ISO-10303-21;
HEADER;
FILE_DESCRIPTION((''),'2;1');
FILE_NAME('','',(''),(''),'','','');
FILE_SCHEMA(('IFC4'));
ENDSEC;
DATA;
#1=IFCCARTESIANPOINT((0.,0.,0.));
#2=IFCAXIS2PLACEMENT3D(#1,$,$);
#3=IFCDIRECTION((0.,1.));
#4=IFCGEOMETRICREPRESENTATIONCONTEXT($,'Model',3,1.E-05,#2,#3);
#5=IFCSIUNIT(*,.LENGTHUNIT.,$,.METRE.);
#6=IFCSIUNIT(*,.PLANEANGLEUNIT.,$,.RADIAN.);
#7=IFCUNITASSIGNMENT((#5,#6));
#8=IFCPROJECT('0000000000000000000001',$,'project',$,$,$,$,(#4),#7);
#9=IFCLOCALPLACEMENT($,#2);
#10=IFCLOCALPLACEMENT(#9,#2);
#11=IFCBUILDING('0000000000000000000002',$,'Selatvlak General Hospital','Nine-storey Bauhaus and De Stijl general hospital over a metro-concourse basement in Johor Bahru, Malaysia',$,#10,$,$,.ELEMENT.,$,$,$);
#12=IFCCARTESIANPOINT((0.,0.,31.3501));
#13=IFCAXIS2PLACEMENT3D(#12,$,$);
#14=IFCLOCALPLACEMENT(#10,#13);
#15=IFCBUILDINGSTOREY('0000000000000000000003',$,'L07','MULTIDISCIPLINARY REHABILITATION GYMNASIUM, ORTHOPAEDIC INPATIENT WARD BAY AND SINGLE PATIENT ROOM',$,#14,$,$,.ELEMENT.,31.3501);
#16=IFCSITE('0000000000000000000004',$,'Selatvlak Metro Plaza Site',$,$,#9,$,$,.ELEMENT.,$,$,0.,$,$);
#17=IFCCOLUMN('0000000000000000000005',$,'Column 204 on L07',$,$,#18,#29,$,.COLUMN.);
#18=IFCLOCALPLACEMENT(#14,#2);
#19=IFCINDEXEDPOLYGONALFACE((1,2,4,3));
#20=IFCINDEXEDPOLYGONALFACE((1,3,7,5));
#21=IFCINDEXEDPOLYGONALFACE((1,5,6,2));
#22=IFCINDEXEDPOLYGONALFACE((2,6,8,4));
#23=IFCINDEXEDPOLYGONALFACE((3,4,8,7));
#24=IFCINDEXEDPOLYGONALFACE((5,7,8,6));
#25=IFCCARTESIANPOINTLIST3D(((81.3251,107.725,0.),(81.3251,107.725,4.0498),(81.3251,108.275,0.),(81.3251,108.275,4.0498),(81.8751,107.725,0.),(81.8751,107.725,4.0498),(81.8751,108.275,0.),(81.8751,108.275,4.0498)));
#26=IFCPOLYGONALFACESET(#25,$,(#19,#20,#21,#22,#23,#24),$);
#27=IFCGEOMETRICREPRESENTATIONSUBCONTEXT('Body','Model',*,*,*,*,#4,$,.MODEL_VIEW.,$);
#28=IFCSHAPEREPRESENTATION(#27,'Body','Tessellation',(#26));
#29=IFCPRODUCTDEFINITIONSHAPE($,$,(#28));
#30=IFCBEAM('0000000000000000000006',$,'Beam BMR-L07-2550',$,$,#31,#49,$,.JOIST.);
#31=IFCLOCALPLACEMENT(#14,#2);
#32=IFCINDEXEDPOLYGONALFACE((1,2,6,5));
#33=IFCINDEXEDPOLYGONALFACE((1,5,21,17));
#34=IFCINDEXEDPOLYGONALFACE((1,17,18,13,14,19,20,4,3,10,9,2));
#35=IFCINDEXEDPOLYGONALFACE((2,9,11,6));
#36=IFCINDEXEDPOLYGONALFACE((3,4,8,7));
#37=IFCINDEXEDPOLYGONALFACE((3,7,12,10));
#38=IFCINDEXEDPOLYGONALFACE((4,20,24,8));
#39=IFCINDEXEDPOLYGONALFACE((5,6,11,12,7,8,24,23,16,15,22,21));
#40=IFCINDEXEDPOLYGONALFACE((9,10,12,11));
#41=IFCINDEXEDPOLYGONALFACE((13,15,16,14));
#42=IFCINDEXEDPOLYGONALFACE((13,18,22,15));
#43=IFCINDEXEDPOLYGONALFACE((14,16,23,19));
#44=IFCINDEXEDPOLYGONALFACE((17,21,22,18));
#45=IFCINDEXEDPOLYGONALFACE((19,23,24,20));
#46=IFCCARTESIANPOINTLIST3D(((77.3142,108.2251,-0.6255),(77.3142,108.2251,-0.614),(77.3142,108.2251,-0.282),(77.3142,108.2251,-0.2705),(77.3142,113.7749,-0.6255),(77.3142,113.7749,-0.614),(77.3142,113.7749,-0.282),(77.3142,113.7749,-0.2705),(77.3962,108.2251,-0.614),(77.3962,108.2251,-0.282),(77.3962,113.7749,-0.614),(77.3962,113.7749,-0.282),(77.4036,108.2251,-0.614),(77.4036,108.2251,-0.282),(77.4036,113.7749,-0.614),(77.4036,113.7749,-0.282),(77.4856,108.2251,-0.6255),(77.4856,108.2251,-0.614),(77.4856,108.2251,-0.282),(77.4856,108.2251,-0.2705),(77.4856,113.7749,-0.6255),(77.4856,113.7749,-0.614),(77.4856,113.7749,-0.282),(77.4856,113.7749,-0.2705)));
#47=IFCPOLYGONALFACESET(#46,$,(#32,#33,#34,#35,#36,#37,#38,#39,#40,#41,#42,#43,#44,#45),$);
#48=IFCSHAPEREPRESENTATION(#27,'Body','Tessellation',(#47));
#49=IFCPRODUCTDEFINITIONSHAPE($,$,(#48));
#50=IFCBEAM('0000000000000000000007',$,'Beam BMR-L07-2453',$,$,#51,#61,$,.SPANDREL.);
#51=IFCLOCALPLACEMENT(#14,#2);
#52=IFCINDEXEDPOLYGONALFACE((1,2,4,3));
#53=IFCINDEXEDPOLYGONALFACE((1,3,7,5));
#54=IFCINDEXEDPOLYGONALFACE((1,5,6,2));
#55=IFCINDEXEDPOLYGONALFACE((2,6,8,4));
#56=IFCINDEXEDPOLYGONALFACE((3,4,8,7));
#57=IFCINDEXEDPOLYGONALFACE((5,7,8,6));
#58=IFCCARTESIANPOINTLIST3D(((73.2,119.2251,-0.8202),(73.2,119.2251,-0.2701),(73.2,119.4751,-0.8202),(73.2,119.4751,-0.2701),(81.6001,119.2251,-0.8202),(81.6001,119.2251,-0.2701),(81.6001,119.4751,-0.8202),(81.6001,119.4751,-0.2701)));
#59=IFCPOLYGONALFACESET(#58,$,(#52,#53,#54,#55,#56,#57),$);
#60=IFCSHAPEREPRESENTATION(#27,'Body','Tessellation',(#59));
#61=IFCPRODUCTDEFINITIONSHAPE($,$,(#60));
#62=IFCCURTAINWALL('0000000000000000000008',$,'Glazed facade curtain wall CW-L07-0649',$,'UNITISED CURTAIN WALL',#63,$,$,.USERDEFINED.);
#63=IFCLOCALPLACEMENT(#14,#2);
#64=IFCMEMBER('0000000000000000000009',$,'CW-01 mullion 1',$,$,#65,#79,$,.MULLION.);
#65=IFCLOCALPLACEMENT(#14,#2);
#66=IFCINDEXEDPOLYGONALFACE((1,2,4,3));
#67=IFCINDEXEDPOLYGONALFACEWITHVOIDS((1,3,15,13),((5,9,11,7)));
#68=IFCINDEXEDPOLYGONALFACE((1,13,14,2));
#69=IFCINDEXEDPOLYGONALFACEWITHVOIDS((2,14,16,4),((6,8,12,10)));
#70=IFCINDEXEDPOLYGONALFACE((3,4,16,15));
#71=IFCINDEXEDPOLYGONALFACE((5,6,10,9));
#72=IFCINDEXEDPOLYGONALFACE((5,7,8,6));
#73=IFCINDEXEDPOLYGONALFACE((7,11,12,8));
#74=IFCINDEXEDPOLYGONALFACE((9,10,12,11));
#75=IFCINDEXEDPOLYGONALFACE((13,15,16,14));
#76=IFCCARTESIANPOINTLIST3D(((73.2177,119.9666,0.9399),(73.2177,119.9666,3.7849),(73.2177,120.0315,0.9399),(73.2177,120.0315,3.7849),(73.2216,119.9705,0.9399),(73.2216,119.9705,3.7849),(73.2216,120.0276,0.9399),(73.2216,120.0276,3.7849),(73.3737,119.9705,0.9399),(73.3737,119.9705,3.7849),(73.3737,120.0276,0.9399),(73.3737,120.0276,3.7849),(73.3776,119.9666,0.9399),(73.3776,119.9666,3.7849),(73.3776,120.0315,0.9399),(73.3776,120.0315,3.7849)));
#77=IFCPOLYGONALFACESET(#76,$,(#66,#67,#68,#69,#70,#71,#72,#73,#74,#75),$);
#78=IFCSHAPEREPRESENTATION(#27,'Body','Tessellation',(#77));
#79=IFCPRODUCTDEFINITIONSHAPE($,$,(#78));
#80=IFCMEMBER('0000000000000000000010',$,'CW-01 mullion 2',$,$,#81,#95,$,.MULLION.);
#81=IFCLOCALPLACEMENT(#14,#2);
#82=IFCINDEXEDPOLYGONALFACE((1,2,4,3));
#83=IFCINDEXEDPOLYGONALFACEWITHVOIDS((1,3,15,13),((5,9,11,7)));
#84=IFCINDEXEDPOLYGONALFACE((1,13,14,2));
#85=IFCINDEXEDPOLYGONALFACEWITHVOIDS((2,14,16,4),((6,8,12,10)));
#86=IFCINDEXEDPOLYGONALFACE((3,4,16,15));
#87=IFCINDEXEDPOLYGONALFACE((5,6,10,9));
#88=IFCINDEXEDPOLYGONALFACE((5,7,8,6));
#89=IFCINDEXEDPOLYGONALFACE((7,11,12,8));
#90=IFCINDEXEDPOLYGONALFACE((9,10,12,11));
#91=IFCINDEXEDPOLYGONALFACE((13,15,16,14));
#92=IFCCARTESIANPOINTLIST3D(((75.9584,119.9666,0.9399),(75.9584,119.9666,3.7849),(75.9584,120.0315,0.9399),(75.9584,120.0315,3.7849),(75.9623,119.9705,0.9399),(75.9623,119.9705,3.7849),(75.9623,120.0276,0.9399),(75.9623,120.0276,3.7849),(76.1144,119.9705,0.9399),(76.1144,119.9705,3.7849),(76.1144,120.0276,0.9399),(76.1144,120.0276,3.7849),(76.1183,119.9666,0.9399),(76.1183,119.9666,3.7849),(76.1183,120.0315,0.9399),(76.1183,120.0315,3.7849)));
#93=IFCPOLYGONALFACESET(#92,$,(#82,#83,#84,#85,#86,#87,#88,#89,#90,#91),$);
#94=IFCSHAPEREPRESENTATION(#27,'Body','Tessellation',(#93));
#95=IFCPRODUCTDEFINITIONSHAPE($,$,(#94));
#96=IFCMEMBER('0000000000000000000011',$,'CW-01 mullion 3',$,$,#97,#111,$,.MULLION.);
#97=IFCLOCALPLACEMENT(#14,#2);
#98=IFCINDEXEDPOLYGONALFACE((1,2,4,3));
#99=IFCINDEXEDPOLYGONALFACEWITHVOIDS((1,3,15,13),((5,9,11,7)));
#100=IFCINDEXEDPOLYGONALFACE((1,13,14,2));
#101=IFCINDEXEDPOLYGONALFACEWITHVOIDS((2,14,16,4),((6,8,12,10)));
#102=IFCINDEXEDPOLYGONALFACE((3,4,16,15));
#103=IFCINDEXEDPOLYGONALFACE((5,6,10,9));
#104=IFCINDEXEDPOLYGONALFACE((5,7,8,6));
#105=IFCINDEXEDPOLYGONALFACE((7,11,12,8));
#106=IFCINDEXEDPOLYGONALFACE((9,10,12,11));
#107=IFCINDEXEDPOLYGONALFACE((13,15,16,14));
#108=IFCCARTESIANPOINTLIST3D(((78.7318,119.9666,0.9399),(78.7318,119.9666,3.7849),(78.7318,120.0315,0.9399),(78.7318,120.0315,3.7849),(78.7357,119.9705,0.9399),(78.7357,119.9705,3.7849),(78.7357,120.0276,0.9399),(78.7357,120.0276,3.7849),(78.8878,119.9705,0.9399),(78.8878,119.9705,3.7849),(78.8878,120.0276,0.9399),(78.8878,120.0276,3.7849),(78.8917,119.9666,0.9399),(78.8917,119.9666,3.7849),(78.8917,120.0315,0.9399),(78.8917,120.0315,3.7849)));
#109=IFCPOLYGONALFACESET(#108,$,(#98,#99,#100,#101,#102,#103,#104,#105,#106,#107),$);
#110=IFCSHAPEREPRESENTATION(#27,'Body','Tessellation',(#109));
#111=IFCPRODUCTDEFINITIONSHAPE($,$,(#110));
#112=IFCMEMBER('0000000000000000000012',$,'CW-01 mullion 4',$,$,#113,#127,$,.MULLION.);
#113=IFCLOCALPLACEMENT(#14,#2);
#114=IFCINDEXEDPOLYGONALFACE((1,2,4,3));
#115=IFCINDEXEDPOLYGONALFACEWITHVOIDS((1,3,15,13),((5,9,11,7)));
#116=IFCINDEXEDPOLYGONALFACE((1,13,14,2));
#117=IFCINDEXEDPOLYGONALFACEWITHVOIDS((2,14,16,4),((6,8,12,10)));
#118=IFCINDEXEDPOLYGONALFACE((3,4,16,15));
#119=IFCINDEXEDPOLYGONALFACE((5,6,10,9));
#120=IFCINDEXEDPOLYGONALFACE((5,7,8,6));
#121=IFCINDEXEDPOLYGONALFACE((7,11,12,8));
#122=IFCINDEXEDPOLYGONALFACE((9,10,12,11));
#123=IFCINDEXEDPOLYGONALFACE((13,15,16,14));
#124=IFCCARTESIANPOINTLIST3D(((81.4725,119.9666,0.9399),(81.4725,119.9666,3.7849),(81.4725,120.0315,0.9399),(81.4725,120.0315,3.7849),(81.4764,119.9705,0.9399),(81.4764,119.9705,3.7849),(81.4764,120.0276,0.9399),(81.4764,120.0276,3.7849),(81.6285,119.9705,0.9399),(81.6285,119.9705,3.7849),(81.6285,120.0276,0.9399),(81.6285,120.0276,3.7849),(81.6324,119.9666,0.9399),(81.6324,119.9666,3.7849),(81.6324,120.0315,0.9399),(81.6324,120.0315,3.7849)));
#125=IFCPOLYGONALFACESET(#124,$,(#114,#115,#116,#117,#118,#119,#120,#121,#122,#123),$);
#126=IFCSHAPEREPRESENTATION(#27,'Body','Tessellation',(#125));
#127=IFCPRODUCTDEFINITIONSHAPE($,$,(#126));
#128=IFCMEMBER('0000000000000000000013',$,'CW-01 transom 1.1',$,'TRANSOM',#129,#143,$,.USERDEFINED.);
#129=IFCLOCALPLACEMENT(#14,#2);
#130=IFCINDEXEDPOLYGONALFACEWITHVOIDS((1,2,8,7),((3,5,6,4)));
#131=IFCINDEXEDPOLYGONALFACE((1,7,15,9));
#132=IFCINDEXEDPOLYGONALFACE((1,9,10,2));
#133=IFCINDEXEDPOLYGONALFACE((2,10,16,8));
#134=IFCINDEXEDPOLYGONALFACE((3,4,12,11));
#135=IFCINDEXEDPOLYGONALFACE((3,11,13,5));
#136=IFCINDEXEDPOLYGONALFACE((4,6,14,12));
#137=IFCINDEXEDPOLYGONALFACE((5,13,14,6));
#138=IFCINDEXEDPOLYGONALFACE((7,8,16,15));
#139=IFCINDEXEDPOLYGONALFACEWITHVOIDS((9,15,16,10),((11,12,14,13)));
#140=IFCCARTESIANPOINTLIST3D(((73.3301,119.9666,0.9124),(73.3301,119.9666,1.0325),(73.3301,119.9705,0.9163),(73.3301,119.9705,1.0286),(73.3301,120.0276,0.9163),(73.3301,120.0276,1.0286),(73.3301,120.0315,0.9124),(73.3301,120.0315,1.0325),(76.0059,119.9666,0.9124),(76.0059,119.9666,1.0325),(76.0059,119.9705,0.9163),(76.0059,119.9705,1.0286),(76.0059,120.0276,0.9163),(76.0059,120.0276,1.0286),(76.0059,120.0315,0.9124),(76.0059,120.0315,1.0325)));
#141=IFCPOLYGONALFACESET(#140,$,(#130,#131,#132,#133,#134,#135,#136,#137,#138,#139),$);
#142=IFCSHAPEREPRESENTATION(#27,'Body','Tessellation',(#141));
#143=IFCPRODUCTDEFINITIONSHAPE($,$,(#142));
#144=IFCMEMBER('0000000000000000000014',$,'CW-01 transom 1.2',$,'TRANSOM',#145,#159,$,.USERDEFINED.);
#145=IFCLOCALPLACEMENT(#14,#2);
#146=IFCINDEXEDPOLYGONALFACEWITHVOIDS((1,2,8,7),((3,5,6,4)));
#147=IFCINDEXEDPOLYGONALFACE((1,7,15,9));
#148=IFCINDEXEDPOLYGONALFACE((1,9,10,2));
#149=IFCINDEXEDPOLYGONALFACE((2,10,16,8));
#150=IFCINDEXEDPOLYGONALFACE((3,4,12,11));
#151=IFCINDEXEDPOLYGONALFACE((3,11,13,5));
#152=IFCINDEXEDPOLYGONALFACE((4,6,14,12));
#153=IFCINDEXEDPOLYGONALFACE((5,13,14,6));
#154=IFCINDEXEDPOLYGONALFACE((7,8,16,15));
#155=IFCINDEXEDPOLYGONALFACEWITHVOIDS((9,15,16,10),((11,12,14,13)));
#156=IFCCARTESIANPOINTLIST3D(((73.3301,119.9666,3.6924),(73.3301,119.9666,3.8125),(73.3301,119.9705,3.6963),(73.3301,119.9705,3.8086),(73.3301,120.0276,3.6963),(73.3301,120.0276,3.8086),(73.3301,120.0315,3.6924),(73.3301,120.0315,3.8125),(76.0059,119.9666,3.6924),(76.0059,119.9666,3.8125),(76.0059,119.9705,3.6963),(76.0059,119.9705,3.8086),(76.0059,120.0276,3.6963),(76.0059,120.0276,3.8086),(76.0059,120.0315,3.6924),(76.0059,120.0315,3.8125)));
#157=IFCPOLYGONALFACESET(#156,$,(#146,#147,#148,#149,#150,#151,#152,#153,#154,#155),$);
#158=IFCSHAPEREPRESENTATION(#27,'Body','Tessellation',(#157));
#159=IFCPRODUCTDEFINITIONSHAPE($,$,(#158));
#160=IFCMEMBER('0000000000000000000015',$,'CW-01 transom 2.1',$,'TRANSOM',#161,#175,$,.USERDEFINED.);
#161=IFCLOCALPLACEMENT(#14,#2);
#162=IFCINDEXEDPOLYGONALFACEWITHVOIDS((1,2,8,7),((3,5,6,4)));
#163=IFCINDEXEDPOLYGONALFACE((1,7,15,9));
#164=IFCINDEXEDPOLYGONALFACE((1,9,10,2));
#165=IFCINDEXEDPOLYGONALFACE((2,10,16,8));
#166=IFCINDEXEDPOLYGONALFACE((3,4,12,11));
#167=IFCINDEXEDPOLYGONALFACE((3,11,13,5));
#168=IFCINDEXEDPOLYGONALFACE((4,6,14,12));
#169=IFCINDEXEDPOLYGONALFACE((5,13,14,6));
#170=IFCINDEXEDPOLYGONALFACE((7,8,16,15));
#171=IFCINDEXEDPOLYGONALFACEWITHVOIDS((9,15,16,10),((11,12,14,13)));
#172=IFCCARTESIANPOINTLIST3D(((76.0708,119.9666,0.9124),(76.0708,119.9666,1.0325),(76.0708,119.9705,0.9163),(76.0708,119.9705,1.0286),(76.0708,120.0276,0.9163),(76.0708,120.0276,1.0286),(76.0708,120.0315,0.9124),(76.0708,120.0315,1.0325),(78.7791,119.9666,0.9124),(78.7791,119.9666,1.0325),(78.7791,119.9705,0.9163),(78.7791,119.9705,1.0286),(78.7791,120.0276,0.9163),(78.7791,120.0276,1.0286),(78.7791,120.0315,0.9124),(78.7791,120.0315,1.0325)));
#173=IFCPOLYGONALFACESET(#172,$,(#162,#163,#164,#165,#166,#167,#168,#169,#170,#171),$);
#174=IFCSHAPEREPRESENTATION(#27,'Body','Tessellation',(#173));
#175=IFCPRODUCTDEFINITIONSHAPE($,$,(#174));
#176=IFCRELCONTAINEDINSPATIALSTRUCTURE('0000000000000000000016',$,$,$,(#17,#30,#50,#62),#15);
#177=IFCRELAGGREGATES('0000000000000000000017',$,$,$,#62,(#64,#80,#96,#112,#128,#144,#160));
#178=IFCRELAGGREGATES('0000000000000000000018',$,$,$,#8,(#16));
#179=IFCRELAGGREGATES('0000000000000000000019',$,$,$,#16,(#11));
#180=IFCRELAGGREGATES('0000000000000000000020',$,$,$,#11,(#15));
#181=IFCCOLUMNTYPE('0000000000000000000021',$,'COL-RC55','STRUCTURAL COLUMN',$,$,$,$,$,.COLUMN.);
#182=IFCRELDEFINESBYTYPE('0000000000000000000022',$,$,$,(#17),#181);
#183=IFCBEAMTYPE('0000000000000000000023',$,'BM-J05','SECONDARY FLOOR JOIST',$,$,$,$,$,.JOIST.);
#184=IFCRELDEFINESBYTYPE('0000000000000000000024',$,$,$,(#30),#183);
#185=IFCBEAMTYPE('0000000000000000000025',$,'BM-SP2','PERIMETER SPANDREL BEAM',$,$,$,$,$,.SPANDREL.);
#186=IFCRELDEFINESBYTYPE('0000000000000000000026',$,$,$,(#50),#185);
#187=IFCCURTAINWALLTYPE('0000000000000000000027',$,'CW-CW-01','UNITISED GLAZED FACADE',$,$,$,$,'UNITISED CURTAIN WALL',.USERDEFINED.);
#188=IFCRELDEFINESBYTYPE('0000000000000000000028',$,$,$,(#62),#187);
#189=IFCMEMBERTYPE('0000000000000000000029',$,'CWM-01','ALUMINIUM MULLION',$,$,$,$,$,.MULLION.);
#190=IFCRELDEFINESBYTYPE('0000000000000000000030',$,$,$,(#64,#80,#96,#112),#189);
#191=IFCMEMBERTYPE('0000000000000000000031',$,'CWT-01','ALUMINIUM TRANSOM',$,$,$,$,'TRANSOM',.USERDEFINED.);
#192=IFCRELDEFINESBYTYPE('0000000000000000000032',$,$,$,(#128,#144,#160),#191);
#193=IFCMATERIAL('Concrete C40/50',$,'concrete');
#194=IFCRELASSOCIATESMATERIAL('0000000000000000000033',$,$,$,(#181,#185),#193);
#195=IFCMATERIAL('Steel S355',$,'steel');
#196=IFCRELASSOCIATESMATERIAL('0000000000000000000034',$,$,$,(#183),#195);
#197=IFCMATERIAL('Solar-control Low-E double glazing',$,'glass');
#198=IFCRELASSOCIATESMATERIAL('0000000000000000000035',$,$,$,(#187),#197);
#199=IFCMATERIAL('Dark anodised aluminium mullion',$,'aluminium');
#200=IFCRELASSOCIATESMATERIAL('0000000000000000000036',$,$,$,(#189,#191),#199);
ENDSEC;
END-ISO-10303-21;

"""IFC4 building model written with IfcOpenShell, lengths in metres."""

from ifc_helpers import new_model, si_unit, direction, frame, origin, origin_2d, place, context, subcontext, project, spatial, rectangle, hollow_rectangle, i_section, extrude, material, material_profile, profile_set, type_object, element, aggregate, save


model = new_model("IFC4")

# Units and contexts
model_context = context("Model", 3, precision=1e-05, world=origin(), true_north=direction((0.0, 1.0)))
body_context = subcontext(model_context, "Body", "Model", "MODEL_VIEW")
ifc_project = project(units=[si_unit("LENGTHUNIT", "METRE"), si_unit("PLANEANGLEUNIT", "RADIAN")], contexts=[model_context])

# Site, building, storey
site_placement = place(None, origin())
site = spatial("IfcSite", under=ifc_project, at=site_placement, Name="Selatvlak Metro Plaza Site", CompositionType="ELEMENT", RefElevation=0.0)
building_placement = place(site_placement, origin())
building = spatial("IfcBuilding", under=site, at=building_placement, Name="Selatvlak General Hospital", Description="Nine-storey Bauhaus and De Stijl general hospital over a metro-concourse basement in Johor Bahru, Malaysia", CompositionType="ELEMENT")
storey_placement = place(building_placement, frame((0.0, 0.0, 31.3501)))
storey = spatial("IfcBuildingStorey", under=building, at=storey_placement, Name="L07", Description="MULTIDISCIPLINARY REHABILITATION GYMNASIUM, ORTHOPAEDIC INPATIENT WARD BAY AND SINGLE PATIENT ROOM", CompositionType="ELEMENT", Elevation=31.3501)

# Column
ifc_material_1 = material(Name="Concrete C40/50", Category="concrete")
ifc_material_profile_1 = material_profile(ifc_material_1, rectangle(XDim=0.55, YDim=0.55, at=origin_2d()), Name="RC-COL 550x550")
ifc_profile_set_1 = profile_set([ifc_material_profile_1], Name="Concrete C40/50")
column_type = type_object("IfcColumnType", Name="COL-RC55", Description="STRUCTURAL COLUMN", PredefinedType="COLUMN", material=ifc_profile_set_1)
column_placement = place(storey_placement, frame((81.6001, 108.0, 0.0), z_axis=(0.0, 0.0, 1.0), x_axis=(1.0, 0.0, 0.0)))
element("IfcColumn", 1, at=column_placement, inside=storey, type_object=column_type, Name="Column 204 on L07", PredefinedType="COLUMN", context=body_context, shape_type="SweptSolid", body=[
    extrude(rectangle(XDim=0.55, YDim=0.55, at=origin_2d()), origin(), (0.0, 0.0, 1.0), 4.0498),
])

# Beams
ifc_material_2 = material(Name="Steel S355", Category="steel")
ifc_material_profile_2 = material_profile(ifc_material_2, i_section(OverallWidth=0.1714, OverallDepth=0.355, WebThickness=0.0073, FlangeThickness=0.0115, at=origin_2d()), Name="UB 356x171x51")
ifc_profile_set_2 = profile_set([ifc_material_profile_2], Name="Steel S355")
beam_type_1 = type_object("IfcBeamType", Name="BM-J05", Description="SECONDARY FLOOR JOIST", PredefinedType="JOIST", material=ifc_profile_set_2)
beam_1_placement = place(storey_placement, frame((77.3999, 108.2251, -0.448), z_axis=(0.0, 1.0, 0.0), x_axis=(-1.0, 0.0, 0.0)))
element("IfcBeam", 2, at=beam_1_placement, inside=storey, type_object=beam_type_1, Name="Beam BMR-L07-2550", PredefinedType="JOIST", context=body_context, shape_type="SweptSolid", body=[
    extrude(i_section(OverallWidth=0.1714, OverallDepth=0.355, WebThickness=0.0073, FlangeThickness=0.0115, at=origin_2d()), origin(), (0.0, 0.0, 1.0), 5.5498),
])
ifc_material_profile_3 = material_profile(ifc_material_1, rectangle(XDim=0.25, YDim=0.55, at=origin_2d()), Name="RC-SP 250x550")
ifc_profile_set_3 = profile_set([ifc_material_profile_3], Name="Concrete C40/50")
beam_type_2 = type_object("IfcBeamType", Name="BM-SP2", Description="PERIMETER SPANDREL BEAM", PredefinedType="SPANDREL", material=ifc_profile_set_3)
beam_2_placement = place(storey_placement, frame((73.2, 119.3501, -0.5452), z_axis=(1.0, 0.0, 0.0), x_axis=(0.0, 1.0, 0.0)))
element("IfcBeam", 3, at=beam_2_placement, inside=storey, type_object=beam_type_2, Name="Beam BMR-L07-2453", PredefinedType="SPANDREL", context=body_context, shape_type="SweptSolid", body=[
    extrude(rectangle(XDim=0.25, YDim=0.55, at=origin_2d()), origin(), (0.0, 0.0, 1.0), 8.4001),
])

# Curtain wall, members
ifc_material_3 = material(Name="Solar-control Low-E double glazing", Category="glass")
curtain_wall_type = type_object("IfcCurtainWallType", Name="CW-CW-01", Description="UNITISED GLAZED FACADE", ElementType="UNITISED CURTAIN WALL", PredefinedType="USERDEFINED", material=ifc_material_3)
curtain_wall_placement = place(storey_placement, origin())
curtain_wall = element("IfcCurtainWall", 4, at=curtain_wall_placement, inside=storey, type_object=curtain_wall_type, Name="Glazed facade curtain wall CW-L07-0649", ObjectType="UNITISED CURTAIN WALL", PredefinedType="USERDEFINED")
ifc_material_4 = material(Name="Dark anodised aluminium mullion", Category="aluminium")
ifc_material_profile_4 = material_profile(ifc_material_4, hollow_rectangle(XDim=0.0649, YDim=0.1599, WallThickness=0.0039, at=origin_2d()), Name="AL-MUL 65x160x4")
ifc_profile_set_4 = profile_set([ifc_material_profile_4], Name="Dark anodised aluminium mullion")
member_type_1 = type_object("IfcMemberType", Name="CWM-01", Description="ALUMINIUM MULLION", PredefinedType="MULLION", material=ifc_profile_set_4)
member_1_placement = place(storey_placement, frame((73.2976, 119.999, 0.9399), z_axis=(0.0, 0.0, 1.0), x_axis=(0.0, 1.0, 0.0)))
member_1 = element("IfcMember", 5, at=member_1_placement, type_object=member_type_1, Name="CW-01 mullion 1", PredefinedType="MULLION", context=body_context, shape_type="SweptSolid", body=[
    extrude(hollow_rectangle(XDim=0.0649, YDim=0.1599, WallThickness=0.0039, at=origin_2d()), origin(), (0.0, 0.0, 1.0), 2.845),
])
member_2_placement = place(storey_placement, frame((76.0383, 119.999, 0.9399), z_axis=(0.0, 0.0, 1.0), x_axis=(0.0, 1.0, 0.0)))
member_2 = element("IfcMember", 6, at=member_2_placement, type_object=member_type_1, Name="CW-01 mullion 2", PredefinedType="MULLION", context=body_context, shape_type="SweptSolid", body=[
    extrude(hollow_rectangle(XDim=0.0649, YDim=0.1599, WallThickness=0.0039, at=origin_2d()), origin(), (0.0, 0.0, 1.0), 2.845),
])
member_3_placement = place(storey_placement, frame((78.8118, 119.999, 0.9399), z_axis=(0.0, 0.0, 1.0), x_axis=(0.0, 1.0, 0.0)))
member_3 = element("IfcMember", 7, at=member_3_placement, type_object=member_type_1, Name="CW-01 mullion 3", PredefinedType="MULLION", context=body_context, shape_type="SweptSolid", body=[
    extrude(hollow_rectangle(XDim=0.0649, YDim=0.1599, WallThickness=0.0039, at=origin_2d()), origin(), (0.0, 0.0, 1.0), 2.845),
])
member_4_placement = place(storey_placement, frame((81.5525, 119.999, 0.9399), z_axis=(0.0, 0.0, 1.0), x_axis=(0.0, 1.0, 0.0)))
member_4 = element("IfcMember", 8, at=member_4_placement, type_object=member_type_1, Name="CW-01 mullion 4", PredefinedType="MULLION", context=body_context, shape_type="SweptSolid", body=[
    extrude(hollow_rectangle(XDim=0.0649, YDim=0.1599, WallThickness=0.0039, at=origin_2d()), origin(), (0.0, 0.0, 1.0), 2.845),
])
ifc_material_profile_5 = material_profile(ifc_material_4, hollow_rectangle(XDim=0.0649, YDim=0.1201, WallThickness=0.0039, at=origin_2d()), Name="AL-TRN 65x120x4")
ifc_profile_set_5 = profile_set([ifc_material_profile_5], Name="Dark anodised aluminium mullion")
member_type_2 = type_object("IfcMemberType", Name="CWT-01", Description="ALUMINIUM TRANSOM", ElementType="TRANSOM", PredefinedType="USERDEFINED", material=ifc_profile_set_5)
member_5_placement = place(storey_placement, frame((73.3301, 119.999, 0.9724), z_axis=(1.0, 0.0, 0.0), x_axis=(0.0, 1.0, 0.0)))
member_5 = element("IfcMember", 9, at=member_5_placement, type_object=member_type_2, Name="CW-01 transom 1.1", ObjectType="TRANSOM", PredefinedType="USERDEFINED", context=body_context, shape_type="SweptSolid", body=[
    extrude(hollow_rectangle(XDim=0.0649, YDim=0.1201, WallThickness=0.0039, at=origin_2d()), origin(), (0.0, 0.0, 1.0), 2.6758),
])
member_6_placement = place(storey_placement, frame((73.3301, 119.999, 3.7524), z_axis=(1.0, 0.0, 0.0), x_axis=(0.0, 1.0, 0.0)))
member_6 = element("IfcMember", 10, at=member_6_placement, type_object=member_type_2, Name="CW-01 transom 1.2", ObjectType="TRANSOM", PredefinedType="USERDEFINED", context=body_context, shape_type="SweptSolid", body=[
    extrude(hollow_rectangle(XDim=0.0649, YDim=0.1201, WallThickness=0.0039, at=origin_2d()), origin(), (0.0, 0.0, 1.0), 2.6758),
])
member_7_placement = place(storey_placement, frame((76.0708, 119.999, 0.9724), z_axis=(1.0, 0.0, 0.0), x_axis=(0.0, 1.0, 0.0)))
member_7 = element("IfcMember", 11, at=member_7_placement, type_object=member_type_2, Name="CW-01 transom 2.1", ObjectType="TRANSOM", PredefinedType="USERDEFINED", context=body_context, shape_type="SweptSolid", body=[
    extrude(hollow_rectangle(XDim=0.0649, YDim=0.1201, WallThickness=0.0039, at=origin_2d()), origin(), (0.0, 0.0, 1.0), 2.7083),
])
aggregate(curtain_wall, [member_1, member_2, member_3, member_4, member_5, member_6, member_7])

save(model, "model.ifc")
